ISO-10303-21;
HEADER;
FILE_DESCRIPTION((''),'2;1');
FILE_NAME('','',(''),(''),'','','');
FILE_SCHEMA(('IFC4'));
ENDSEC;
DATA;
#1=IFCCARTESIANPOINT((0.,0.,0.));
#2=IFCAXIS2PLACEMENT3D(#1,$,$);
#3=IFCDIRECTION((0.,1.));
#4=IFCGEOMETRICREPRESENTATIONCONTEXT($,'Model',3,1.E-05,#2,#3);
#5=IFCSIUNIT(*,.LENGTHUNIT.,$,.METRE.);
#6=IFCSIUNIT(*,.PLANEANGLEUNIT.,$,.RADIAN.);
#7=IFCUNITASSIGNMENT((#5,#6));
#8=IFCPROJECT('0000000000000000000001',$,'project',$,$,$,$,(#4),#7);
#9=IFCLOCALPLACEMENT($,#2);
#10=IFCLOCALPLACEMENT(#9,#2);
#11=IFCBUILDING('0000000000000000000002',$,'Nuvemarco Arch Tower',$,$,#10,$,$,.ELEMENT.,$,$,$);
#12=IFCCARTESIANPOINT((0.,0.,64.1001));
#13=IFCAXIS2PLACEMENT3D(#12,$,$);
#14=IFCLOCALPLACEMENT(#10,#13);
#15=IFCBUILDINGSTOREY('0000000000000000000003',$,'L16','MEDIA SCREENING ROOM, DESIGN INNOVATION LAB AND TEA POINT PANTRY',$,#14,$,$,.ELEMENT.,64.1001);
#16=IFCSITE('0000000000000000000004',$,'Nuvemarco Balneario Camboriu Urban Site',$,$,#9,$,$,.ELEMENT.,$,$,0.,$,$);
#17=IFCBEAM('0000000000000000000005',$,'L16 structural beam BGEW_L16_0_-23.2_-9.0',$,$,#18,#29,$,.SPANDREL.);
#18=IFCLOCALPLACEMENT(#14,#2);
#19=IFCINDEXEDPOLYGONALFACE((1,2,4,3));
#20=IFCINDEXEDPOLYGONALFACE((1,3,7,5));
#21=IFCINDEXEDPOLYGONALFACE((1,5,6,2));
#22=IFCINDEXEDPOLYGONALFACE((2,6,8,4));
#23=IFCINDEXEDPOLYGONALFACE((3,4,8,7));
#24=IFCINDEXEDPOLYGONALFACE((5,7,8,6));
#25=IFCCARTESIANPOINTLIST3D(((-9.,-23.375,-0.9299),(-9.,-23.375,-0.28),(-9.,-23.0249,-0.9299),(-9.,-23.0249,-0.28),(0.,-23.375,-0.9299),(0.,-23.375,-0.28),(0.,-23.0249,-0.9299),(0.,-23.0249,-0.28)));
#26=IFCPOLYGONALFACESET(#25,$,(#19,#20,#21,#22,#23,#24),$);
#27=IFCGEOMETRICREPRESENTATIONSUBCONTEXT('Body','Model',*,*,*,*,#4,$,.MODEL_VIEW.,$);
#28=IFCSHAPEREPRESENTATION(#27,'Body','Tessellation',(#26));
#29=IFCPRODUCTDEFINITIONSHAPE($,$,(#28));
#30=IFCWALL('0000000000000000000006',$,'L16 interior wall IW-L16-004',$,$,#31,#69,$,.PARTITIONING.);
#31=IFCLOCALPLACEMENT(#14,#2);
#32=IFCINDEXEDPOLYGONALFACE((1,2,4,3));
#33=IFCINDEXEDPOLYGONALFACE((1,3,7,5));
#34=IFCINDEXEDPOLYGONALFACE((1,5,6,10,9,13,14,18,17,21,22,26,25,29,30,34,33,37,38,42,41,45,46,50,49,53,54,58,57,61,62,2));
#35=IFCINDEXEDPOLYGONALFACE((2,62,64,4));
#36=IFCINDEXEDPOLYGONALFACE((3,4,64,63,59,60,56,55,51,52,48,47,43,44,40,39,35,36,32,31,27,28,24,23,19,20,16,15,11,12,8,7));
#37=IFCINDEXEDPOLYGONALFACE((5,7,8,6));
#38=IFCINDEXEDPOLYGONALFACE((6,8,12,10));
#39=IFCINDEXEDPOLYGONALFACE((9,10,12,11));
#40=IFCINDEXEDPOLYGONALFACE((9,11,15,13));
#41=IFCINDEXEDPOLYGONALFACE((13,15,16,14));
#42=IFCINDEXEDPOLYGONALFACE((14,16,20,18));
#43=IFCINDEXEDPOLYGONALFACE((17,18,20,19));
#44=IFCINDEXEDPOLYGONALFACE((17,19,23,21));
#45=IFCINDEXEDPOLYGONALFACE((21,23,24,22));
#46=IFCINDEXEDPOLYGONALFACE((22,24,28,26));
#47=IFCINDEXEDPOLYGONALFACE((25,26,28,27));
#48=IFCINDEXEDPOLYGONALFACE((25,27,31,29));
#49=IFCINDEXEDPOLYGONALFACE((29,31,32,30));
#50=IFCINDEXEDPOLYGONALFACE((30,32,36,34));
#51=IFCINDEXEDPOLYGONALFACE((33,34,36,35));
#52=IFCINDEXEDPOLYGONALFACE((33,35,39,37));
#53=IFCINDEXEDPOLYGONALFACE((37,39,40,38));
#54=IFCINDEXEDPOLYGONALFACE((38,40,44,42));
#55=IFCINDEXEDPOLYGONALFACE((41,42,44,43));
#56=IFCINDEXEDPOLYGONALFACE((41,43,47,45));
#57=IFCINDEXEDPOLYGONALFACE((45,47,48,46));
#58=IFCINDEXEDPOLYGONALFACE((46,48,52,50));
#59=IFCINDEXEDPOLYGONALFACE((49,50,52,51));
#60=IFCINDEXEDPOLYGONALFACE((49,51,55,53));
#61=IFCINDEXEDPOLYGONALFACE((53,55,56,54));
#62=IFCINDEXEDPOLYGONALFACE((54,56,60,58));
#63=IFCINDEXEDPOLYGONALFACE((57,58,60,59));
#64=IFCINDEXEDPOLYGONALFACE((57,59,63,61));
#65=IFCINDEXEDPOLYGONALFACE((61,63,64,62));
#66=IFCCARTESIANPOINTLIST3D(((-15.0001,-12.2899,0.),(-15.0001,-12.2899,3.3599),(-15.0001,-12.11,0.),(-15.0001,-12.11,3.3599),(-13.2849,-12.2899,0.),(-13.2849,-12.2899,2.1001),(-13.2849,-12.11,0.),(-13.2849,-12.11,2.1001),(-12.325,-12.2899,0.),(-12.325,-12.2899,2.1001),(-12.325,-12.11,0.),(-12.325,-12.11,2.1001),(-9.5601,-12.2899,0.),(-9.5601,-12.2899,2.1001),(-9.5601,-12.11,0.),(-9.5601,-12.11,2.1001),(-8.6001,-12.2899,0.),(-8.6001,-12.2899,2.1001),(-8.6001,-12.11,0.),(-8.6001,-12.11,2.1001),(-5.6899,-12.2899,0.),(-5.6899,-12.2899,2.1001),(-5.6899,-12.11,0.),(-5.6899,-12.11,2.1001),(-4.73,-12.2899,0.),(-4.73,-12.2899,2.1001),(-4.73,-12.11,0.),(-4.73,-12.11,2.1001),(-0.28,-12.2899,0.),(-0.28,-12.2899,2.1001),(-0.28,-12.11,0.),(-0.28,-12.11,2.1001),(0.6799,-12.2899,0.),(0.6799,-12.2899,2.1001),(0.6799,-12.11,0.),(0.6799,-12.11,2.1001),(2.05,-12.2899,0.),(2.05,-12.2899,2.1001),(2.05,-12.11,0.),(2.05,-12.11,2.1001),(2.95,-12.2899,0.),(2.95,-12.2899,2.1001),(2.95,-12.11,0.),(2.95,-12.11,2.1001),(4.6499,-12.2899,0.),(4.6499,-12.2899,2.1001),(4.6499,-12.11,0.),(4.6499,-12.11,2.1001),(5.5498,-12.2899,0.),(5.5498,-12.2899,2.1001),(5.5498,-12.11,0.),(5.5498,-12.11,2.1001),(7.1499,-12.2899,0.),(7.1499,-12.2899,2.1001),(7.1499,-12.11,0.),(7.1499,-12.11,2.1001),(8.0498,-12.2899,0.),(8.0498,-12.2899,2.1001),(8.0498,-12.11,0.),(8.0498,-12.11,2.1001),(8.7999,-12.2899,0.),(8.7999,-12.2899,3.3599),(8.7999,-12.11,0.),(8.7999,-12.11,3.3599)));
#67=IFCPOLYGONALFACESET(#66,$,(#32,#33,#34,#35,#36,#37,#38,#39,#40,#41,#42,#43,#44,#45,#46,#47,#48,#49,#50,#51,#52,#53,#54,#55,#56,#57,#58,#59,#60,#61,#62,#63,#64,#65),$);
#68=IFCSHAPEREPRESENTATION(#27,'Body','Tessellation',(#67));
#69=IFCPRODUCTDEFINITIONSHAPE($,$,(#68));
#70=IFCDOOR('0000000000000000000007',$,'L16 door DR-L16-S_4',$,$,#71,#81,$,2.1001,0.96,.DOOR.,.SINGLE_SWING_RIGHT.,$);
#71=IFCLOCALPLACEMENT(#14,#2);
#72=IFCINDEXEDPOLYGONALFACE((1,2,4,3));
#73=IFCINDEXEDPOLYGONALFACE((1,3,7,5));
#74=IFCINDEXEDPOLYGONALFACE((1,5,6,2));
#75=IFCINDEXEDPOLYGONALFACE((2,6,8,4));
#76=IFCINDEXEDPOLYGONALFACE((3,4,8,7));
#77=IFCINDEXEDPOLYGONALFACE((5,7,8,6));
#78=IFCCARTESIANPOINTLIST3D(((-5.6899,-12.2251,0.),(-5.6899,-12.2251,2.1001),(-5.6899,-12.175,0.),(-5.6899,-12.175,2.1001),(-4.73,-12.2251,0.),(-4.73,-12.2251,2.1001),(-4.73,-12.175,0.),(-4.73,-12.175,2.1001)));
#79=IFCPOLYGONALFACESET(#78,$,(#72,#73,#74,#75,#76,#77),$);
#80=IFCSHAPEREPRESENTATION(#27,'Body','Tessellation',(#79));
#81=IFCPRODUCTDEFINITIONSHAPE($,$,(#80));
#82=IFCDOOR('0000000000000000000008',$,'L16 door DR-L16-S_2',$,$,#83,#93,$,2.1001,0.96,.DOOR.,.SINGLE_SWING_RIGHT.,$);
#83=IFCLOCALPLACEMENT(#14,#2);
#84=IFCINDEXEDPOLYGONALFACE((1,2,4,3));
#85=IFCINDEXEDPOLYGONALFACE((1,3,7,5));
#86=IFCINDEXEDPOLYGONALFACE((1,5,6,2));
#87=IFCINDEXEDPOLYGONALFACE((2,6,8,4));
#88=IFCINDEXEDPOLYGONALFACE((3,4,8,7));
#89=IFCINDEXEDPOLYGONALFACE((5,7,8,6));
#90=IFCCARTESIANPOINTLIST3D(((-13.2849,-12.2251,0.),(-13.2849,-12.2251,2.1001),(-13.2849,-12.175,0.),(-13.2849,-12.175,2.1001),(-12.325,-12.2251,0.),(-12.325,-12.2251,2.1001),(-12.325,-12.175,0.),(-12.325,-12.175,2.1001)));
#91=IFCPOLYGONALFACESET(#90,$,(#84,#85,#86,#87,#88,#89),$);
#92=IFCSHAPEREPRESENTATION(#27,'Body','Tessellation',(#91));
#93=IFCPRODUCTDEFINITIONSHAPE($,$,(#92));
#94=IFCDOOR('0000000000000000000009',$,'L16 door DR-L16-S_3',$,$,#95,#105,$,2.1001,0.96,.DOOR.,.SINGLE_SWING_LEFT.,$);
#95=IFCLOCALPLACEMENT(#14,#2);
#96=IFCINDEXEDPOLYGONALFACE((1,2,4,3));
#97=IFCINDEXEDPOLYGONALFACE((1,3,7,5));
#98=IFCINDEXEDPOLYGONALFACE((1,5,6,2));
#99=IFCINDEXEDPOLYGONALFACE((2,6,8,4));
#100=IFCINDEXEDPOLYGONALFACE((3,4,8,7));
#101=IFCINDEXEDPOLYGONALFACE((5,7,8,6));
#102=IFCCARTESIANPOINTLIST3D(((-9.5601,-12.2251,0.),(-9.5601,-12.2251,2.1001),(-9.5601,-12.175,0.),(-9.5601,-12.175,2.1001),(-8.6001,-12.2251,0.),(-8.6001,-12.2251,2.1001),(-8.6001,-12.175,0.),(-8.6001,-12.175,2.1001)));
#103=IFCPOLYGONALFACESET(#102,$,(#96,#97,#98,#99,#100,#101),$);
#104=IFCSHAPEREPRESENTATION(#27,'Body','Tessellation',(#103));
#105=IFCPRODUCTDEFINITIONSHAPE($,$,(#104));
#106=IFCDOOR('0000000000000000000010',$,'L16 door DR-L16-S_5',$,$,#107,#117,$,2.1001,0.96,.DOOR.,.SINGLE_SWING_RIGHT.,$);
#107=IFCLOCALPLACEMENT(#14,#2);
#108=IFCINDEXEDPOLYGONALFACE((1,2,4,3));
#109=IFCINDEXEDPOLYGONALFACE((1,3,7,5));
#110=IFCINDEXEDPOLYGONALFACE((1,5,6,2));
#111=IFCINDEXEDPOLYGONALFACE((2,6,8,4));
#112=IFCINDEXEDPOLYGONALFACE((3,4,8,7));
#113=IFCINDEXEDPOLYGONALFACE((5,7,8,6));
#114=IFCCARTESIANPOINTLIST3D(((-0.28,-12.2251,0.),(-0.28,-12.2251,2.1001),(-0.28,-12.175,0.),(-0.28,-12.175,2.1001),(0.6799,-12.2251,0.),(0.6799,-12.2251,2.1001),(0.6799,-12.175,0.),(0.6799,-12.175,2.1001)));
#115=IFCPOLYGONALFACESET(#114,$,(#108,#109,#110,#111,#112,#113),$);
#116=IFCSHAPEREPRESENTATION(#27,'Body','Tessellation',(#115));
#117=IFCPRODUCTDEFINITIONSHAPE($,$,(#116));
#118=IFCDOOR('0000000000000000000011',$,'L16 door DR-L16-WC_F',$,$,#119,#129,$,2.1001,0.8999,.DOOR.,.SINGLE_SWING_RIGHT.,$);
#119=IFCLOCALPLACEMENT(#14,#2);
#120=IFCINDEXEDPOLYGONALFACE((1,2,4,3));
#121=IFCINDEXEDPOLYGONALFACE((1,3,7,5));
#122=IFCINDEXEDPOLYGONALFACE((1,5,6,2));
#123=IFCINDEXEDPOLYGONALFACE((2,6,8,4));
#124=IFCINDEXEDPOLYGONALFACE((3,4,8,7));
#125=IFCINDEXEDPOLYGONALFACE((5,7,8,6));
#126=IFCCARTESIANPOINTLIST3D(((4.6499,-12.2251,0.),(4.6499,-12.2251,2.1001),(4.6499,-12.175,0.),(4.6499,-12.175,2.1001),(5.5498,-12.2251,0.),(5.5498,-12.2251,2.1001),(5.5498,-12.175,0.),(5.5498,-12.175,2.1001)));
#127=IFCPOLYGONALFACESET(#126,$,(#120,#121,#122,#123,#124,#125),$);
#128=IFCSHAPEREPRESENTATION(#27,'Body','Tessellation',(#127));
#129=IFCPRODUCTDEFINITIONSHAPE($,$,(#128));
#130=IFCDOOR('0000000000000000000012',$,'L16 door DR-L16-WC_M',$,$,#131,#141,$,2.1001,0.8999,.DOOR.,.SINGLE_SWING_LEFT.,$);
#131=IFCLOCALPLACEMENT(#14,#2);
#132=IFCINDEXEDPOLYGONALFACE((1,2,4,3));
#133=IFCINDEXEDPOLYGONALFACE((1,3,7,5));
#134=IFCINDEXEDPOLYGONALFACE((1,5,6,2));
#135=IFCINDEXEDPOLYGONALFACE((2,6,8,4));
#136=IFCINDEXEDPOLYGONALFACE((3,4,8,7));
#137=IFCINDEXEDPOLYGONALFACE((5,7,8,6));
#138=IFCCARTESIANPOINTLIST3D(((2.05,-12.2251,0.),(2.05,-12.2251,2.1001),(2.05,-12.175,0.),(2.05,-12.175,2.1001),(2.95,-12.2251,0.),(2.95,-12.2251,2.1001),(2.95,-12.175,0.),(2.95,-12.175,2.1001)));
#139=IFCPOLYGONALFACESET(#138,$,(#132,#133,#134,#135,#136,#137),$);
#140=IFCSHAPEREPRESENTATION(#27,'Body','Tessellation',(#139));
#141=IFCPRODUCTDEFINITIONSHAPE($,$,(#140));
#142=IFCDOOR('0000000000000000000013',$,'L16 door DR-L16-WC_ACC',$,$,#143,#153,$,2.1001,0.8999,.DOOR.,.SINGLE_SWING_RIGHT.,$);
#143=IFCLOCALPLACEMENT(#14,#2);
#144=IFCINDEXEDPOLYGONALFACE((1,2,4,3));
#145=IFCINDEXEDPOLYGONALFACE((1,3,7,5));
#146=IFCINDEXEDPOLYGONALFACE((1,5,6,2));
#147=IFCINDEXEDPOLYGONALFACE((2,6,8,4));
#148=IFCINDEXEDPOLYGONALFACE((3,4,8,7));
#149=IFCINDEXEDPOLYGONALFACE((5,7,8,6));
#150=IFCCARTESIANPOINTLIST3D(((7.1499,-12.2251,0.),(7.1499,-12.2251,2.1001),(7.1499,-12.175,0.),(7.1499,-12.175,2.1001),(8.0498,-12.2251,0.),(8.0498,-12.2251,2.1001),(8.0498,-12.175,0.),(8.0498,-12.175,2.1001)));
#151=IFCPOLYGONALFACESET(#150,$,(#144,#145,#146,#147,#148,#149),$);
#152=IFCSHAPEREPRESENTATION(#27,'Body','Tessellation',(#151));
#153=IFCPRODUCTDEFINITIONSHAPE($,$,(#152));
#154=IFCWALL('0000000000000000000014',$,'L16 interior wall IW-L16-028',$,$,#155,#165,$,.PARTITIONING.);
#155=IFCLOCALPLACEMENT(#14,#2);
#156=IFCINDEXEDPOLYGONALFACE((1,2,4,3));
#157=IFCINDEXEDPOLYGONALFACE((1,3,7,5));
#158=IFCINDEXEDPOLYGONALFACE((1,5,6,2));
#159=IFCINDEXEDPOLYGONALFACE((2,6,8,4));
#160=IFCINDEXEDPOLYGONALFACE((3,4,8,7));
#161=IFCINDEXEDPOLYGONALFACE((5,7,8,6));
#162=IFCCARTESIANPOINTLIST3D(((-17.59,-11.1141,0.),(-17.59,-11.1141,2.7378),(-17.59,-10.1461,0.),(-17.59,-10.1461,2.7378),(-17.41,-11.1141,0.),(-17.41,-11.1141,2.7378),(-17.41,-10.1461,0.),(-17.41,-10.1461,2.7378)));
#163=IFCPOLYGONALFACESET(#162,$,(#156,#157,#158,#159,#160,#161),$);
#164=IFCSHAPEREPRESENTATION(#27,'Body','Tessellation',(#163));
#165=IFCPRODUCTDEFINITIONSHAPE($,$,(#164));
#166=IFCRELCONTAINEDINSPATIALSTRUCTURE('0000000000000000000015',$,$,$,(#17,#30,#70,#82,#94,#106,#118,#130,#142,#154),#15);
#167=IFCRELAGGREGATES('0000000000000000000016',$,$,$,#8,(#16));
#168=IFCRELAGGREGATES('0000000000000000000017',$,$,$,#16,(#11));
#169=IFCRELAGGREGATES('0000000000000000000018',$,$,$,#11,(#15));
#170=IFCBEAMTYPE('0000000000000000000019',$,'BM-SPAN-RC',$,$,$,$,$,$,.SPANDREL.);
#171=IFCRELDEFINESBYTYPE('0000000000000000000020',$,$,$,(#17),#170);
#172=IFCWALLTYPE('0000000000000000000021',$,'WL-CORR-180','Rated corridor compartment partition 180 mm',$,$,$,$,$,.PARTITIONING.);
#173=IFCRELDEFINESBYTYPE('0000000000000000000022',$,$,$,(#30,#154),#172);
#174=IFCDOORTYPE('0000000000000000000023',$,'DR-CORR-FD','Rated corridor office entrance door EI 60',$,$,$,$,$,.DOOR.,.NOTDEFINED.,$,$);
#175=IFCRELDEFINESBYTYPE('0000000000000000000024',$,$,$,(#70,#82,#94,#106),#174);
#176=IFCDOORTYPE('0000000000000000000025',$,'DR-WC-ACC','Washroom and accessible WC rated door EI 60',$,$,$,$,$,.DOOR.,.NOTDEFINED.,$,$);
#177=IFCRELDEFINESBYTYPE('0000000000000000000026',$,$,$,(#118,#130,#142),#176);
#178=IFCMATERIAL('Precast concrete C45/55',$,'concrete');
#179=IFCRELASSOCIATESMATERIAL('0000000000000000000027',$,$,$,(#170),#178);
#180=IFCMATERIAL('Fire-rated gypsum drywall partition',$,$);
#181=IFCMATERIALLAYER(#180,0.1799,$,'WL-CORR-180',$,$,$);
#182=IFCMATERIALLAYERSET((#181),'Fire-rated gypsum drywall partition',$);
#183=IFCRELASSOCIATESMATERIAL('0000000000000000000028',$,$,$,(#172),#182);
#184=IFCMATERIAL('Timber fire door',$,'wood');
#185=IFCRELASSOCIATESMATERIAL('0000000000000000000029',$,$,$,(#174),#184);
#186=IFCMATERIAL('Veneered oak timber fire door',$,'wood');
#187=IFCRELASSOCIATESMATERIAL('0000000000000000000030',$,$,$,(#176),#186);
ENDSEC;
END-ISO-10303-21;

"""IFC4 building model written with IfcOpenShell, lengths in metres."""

from ifc_helpers import new_model, si_unit, direction, frame, frame_2d, origin, origin_2d, place, context, subcontext, project, spatial, rectangle, extrude, source, transform, mapped, material, layer, layer_set, material_profile, profile_set, type_object, type_shapes, element, fill, save


model = new_model("IFC4")

# Units and contexts
model_context = context("Model", 3, precision=1e-05, world=origin(), true_north=direction((0.0, 1.0)))
body_context = subcontext(model_context, "Body", "Model", "MODEL_VIEW")
ifc_project = project(units=[si_unit("LENGTHUNIT", "METRE"), si_unit("PLANEANGLEUNIT", "RADIAN")], contexts=[model_context])

# Site, building, storey
site_placement = place(None, origin())
site = spatial("IfcSite", under=ifc_project, at=site_placement, Name="Nuvemarco Balneario Camboriu Urban Site", CompositionType="ELEMENT", RefElevation=0.0)
building_placement = place(site_placement, origin())
building = spatial("IfcBuilding", under=site, at=building_placement, Name="Nuvemarco Arch Tower", CompositionType="ELEMENT")
storey_placement = place(building_placement, frame((0.0, 0.0, 64.1001)))
storey = spatial("IfcBuildingStorey", under=building, at=storey_placement, Name="L16", Description="MEDIA SCREENING ROOM, DESIGN INNOVATION LAB AND TEA POINT PANTRY", CompositionType="ELEMENT", Elevation=64.1001)

# Beam
ifc_material_1 = material(Name="Precast concrete C45/55", Category="concrete")
ifc_material_profile_1 = material_profile(ifc_material_1, rectangle(XDim=0.3501, YDim=0.6499, at=origin_2d()), Name="PC-SP-350x650")
ifc_profile_set_1 = profile_set([ifc_material_profile_1], Name="Precast concrete C45/55")
beam_type_1 = type_object("IfcBeamType", Name="BM-SPAN-RC", PredefinedType="SPANDREL", material=ifc_profile_set_1)
beam_1_placement = place(storey_placement, frame((-9.0, -23.2, -0.605), z_axis=(1.0, 0.0, 0.0), x_axis=(0.0, 1.0, 0.0)))
element("IfcBeam", 1, at=beam_1_placement, inside=storey, type_object=beam_type_1, Name="L16 structural beam BGEW_L16_0_-23.2_-9.0", PredefinedType="SPANDREL", context=body_context, shape_type="SweptSolid", body=[
    extrude(rectangle(XDim=0.3501, YDim=0.6499, at=origin_2d()), origin(), (0.0, 0.0, 1.0), 9.0),
])

# Wall, openings, doors
ifc_material_2 = material(Name="Fire-rated gypsum drywall partition")
ifc_layer_1 = layer(ifc_material_2, 0.1799, Name="WL-CORR-180")
ifc_layer_set_1 = layer_set([ifc_layer_1], Name="Fire-rated gypsum drywall partition")
wall_type_1 = type_object("IfcWallType", Name="WL-CORR-180", Description="Rated corridor compartment partition 180 mm", PredefinedType="PARTITIONING", material=ifc_layer_set_1)
wall_1_placement = place(storey_placement, frame((-15.0, -12.2, 0.0), z_axis=(0.0, 0.0, 1.0), x_axis=(1.0, 0.0, 0.0)))
wall_1 = element("IfcWall", 2, at=wall_1_placement, inside=storey, type_object=wall_type_1, Name="L16 interior wall IW-L16-004", PredefinedType="PARTITIONING", context=body_context, shape_type="SweptSolid", body=[
    extrude(rectangle(XDim=23.8, YDim=0.1799, at=frame_2d((11.8999, 0.0))), origin(), (0.0, 0.0, 1.0), 3.3599),
])
opening_1_placement = place(wall_1_placement, frame((9.3101, 0.0, 0.0)))
opening_1 = element("IfcOpeningElement", 3, at=opening_1_placement, cuts=wall_1, PredefinedType="OPENING", context=body_context, shape_type="SweptSolid", body=[
    extrude(rectangle(XDim=0.96, YDim=2.1001, at=frame_2d((0.48, 1.05))), frame((0.0, 0.0999, 0.0), z_axis=(0.0, -1.0, 0.0), x_axis=(1.0, 0.0, 0.0)), (0.0, 0.0, 1.0), 0.2),
])
opening_2_placement = place(wall_1_placement, frame((1.7151, 0.0, 0.0)))
opening_2 = element("IfcOpeningElement", 4, at=opening_2_placement, cuts=wall_1, PredefinedType="OPENING", context=body_context, shape_type="SweptSolid", body=[
    extrude(rectangle(XDim=0.96, YDim=2.1001, at=frame_2d((0.48, 1.05))), frame((0.0, 0.0999, 0.0), z_axis=(0.0, -1.0, 0.0), x_axis=(1.0, 0.0, 0.0)), (0.0, 0.0, 1.0), 0.2),
])
opening_3_placement = place(wall_1_placement, frame((5.4399, 0.0, 0.0)))
opening_3 = element("IfcOpeningElement", 5, at=opening_3_placement, cuts=wall_1, PredefinedType="OPENING", context=body_context, shape_type="SweptSolid", body=[
    extrude(rectangle(XDim=0.96, YDim=2.1001, at=frame_2d((0.48, 1.05))), frame((0.0, 0.0999, 0.0), z_axis=(0.0, -1.0, 0.0), x_axis=(1.0, 0.0, 0.0)), (0.0, 0.0, 1.0), 0.2),
])
opening_4_placement = place(wall_1_placement, frame((19.6499, 0.0, 0.0)))
opening_4 = element("IfcOpeningElement", 6, at=opening_4_placement, cuts=wall_1, PredefinedType="OPENING", context=body_context, shape_type="SweptSolid", body=[
    extrude(rectangle(XDim=0.8999, YDim=2.1001, at=frame_2d((0.45, 1.05))), frame((0.0, 0.0999, 0.0), z_axis=(0.0, -1.0, 0.0), x_axis=(1.0, 0.0, 0.0)), (0.0, 0.0, 1.0), 0.2),
])
opening_5_placement = place(wall_1_placement, frame((17.05, 0.0, 0.0)))
opening_5 = element("IfcOpeningElement", 7, at=opening_5_placement, cuts=wall_1, PredefinedType="OPENING", context=body_context, shape_type="SweptSolid", body=[
    extrude(rectangle(XDim=0.8999, YDim=2.1001, at=frame_2d((0.45, 1.05))), frame((0.0, 0.0999, 0.0), z_axis=(0.0, -1.0, 0.0), x_axis=(1.0, 0.0, 0.0)), (0.0, 0.0, 1.0), 0.2),
])
opening_6_placement = place(wall_1_placement, frame((22.1499, 0.0, 0.0)))
opening_6 = element("IfcOpeningElement", 8, at=opening_6_placement, cuts=wall_1, PredefinedType="OPENING", context=body_context, shape_type="SweptSolid", body=[
    extrude(rectangle(XDim=0.8999, YDim=2.1001, at=frame_2d((0.45, 1.05))), frame((0.0, 0.0999, 0.0), z_axis=(0.0, -1.0, 0.0), x_axis=(1.0, 0.0, 0.0)), (0.0, 0.0, 1.0), 0.2),
])
opening_7_placement = place(wall_1_placement, frame((14.72, 0.0, 0.0)))
opening_7 = element("IfcOpeningElement", 9, at=opening_7_placement, cuts=wall_1, PredefinedType="OPENING", context=body_context, shape_type="SweptSolid", body=[
    extrude(rectangle(XDim=0.96, YDim=2.1001, at=frame_2d((0.48, 1.05))), frame((0.0, 0.0999, 0.0), z_axis=(0.0, -1.0, 0.0), x_axis=(1.0, 0.0, 0.0)), (0.0, 0.0, 1.0), 0.2),
])
ifc_material_3 = material(Name="Timber fire door", Category="wood")
door_type_1 = type_object("IfcDoorType", Name="DR-CORR-FD", Description="Rated corridor office entrance door EI 60", OperationType="NOTDEFINED", PredefinedType="DOOR", material=ifc_material_3)
shared_shape_1 = source(origin(), body_context, "Body", "SweptSolid", [
    extrude(rectangle(XDim=0.96, YDim=2.1001, at=frame_2d((0.48, 1.05))), frame((0.0, 0.0249, 0.0), z_axis=(0.0, -1.0, 0.0), x_axis=(1.0, 0.0, 0.0)), (0.0, 0.0, 1.0), 0.05),
])
type_shapes(door_type_1, [shared_shape_1])
door_1_placement = place(opening_1_placement, origin())
door_1 = element("IfcDoor", 10, at=door_1_placement, inside=storey, type_object=door_type_1, Name="L16 door DR-L16-S_4", OperationType="SINGLE_SWING_RIGHT", OverallHeight=2.1001, OverallWidth=0.96, PredefinedType="DOOR", context=body_context, shape_type="MappedRepresentation", body=[
    mapped(shared_shape_1, transform((0.0, 0.0, 0.0), scale=1.0)),
])
fill(opening_1, door_1)
door_2_placement = place(opening_2_placement, origin())
door_2 = element("IfcDoor", 11, at=door_2_placement, inside=storey, type_object=door_type_1, Name="L16 door DR-L16-S_2", OperationType="SINGLE_SWING_RIGHT", OverallHeight=2.1001, OverallWidth=0.96, PredefinedType="DOOR", context=body_context, shape_type="MappedRepresentation", body=[
    mapped(shared_shape_1, transform((0.0, 0.0, 0.0), scale=1.0)),
])
fill(opening_2, door_2)
door_3_placement = place(opening_3_placement, origin())
door_3 = element("IfcDoor", 12, at=door_3_placement, inside=storey, type_object=door_type_1, Name="L16 door DR-L16-S_3", OperationType="SINGLE_SWING_LEFT", OverallHeight=2.1001, OverallWidth=0.96, PredefinedType="DOOR", context=body_context, shape_type="MappedRepresentation", body=[
    mapped(shared_shape_1, transform((0.0, 0.0, 0.0), scale=1.0)),
])
fill(opening_3, door_3)
door_4_placement = place(opening_7_placement, origin())
door_4 = element("IfcDoor", 13, at=door_4_placement, inside=storey, type_object=door_type_1, Name="L16 door DR-L16-S_5", OperationType="SINGLE_SWING_RIGHT", OverallHeight=2.1001, OverallWidth=0.96, PredefinedType="DOOR", context=body_context, shape_type="MappedRepresentation", body=[
    mapped(shared_shape_1, transform((0.0, 0.0, 0.0), scale=1.0)),
])
fill(opening_7, door_4)
ifc_material_4 = material(Name="Veneered oak timber fire door", Category="wood")
door_type_2 = type_object("IfcDoorType", Name="DR-WC-ACC", Description="Washroom and accessible WC rated door EI 60", OperationType="NOTDEFINED", PredefinedType="DOOR", material=ifc_material_4)
shared_shape_2 = source(origin(), body_context, "Body", "SweptSolid", [
    extrude(rectangle(XDim=0.8999, YDim=2.1001, at=frame_2d((0.45, 1.05))), frame((0.0, 0.0249, 0.0), z_axis=(0.0, -1.0, 0.0), x_axis=(1.0, 0.0, 0.0)), (0.0, 0.0, 1.0), 0.05),
])
type_shapes(door_type_2, [shared_shape_2])
door_5_placement = place(opening_4_placement, origin())
door_5 = element("IfcDoor", 14, at=door_5_placement, inside=storey, type_object=door_type_2, Name="L16 door DR-L16-WC_F", OperationType="SINGLE_SWING_RIGHT", OverallHeight=2.1001, OverallWidth=0.8999, PredefinedType="DOOR", context=body_context, shape_type="MappedRepresentation", body=[
    mapped(shared_shape_2, transform((0.0, 0.0, 0.0), scale=1.0)),
])
fill(opening_4, door_5)
door_6_placement = place(opening_5_placement, origin())
door_6 = element("IfcDoor", 15, at=door_6_placement, inside=storey, type_object=door_type_2, Name="L16 door DR-L16-WC_M", OperationType="SINGLE_SWING_LEFT", OverallHeight=2.1001, OverallWidth=0.8999, PredefinedType="DOOR", context=body_context, shape_type="MappedRepresentation", body=[
    mapped(shared_shape_2, transform((0.0, 0.0, 0.0), scale=1.0)),
])
fill(opening_5, door_6)
door_7_placement = place(opening_6_placement, origin())
door_7 = element("IfcDoor", 16, at=door_7_placement, inside=storey, type_object=door_type_2, Name="L16 door DR-L16-WC_ACC", OperationType="SINGLE_SWING_RIGHT", OverallHeight=2.1001, OverallWidth=0.8999, PredefinedType="DOOR", context=body_context, shape_type="MappedRepresentation", body=[
    mapped(shared_shape_2, transform((0.0, 0.0, 0.0), scale=1.0)),
])
fill(opening_6, door_7)

# Wall
wall_2_placement = place(storey_placement, frame((-17.5, -11.114, 0.0), z_axis=(0.0, 0.0, 1.0), x_axis=(0.0, 1.0, 0.0)))
element("IfcWall", 17, at=wall_2_placement, inside=storey, type_object=wall_type_1, Name="L16 interior wall IW-L16-028", PredefinedType="PARTITIONING", context=body_context, shape_type="SweptSolid", body=[
    extrude(rectangle(XDim=0.968, YDim=0.1799, at=frame_2d((0.4839, 0.0))), origin(), (0.0, 0.0, 1.0), 2.7378),
])

save(model, "model.ifc")
